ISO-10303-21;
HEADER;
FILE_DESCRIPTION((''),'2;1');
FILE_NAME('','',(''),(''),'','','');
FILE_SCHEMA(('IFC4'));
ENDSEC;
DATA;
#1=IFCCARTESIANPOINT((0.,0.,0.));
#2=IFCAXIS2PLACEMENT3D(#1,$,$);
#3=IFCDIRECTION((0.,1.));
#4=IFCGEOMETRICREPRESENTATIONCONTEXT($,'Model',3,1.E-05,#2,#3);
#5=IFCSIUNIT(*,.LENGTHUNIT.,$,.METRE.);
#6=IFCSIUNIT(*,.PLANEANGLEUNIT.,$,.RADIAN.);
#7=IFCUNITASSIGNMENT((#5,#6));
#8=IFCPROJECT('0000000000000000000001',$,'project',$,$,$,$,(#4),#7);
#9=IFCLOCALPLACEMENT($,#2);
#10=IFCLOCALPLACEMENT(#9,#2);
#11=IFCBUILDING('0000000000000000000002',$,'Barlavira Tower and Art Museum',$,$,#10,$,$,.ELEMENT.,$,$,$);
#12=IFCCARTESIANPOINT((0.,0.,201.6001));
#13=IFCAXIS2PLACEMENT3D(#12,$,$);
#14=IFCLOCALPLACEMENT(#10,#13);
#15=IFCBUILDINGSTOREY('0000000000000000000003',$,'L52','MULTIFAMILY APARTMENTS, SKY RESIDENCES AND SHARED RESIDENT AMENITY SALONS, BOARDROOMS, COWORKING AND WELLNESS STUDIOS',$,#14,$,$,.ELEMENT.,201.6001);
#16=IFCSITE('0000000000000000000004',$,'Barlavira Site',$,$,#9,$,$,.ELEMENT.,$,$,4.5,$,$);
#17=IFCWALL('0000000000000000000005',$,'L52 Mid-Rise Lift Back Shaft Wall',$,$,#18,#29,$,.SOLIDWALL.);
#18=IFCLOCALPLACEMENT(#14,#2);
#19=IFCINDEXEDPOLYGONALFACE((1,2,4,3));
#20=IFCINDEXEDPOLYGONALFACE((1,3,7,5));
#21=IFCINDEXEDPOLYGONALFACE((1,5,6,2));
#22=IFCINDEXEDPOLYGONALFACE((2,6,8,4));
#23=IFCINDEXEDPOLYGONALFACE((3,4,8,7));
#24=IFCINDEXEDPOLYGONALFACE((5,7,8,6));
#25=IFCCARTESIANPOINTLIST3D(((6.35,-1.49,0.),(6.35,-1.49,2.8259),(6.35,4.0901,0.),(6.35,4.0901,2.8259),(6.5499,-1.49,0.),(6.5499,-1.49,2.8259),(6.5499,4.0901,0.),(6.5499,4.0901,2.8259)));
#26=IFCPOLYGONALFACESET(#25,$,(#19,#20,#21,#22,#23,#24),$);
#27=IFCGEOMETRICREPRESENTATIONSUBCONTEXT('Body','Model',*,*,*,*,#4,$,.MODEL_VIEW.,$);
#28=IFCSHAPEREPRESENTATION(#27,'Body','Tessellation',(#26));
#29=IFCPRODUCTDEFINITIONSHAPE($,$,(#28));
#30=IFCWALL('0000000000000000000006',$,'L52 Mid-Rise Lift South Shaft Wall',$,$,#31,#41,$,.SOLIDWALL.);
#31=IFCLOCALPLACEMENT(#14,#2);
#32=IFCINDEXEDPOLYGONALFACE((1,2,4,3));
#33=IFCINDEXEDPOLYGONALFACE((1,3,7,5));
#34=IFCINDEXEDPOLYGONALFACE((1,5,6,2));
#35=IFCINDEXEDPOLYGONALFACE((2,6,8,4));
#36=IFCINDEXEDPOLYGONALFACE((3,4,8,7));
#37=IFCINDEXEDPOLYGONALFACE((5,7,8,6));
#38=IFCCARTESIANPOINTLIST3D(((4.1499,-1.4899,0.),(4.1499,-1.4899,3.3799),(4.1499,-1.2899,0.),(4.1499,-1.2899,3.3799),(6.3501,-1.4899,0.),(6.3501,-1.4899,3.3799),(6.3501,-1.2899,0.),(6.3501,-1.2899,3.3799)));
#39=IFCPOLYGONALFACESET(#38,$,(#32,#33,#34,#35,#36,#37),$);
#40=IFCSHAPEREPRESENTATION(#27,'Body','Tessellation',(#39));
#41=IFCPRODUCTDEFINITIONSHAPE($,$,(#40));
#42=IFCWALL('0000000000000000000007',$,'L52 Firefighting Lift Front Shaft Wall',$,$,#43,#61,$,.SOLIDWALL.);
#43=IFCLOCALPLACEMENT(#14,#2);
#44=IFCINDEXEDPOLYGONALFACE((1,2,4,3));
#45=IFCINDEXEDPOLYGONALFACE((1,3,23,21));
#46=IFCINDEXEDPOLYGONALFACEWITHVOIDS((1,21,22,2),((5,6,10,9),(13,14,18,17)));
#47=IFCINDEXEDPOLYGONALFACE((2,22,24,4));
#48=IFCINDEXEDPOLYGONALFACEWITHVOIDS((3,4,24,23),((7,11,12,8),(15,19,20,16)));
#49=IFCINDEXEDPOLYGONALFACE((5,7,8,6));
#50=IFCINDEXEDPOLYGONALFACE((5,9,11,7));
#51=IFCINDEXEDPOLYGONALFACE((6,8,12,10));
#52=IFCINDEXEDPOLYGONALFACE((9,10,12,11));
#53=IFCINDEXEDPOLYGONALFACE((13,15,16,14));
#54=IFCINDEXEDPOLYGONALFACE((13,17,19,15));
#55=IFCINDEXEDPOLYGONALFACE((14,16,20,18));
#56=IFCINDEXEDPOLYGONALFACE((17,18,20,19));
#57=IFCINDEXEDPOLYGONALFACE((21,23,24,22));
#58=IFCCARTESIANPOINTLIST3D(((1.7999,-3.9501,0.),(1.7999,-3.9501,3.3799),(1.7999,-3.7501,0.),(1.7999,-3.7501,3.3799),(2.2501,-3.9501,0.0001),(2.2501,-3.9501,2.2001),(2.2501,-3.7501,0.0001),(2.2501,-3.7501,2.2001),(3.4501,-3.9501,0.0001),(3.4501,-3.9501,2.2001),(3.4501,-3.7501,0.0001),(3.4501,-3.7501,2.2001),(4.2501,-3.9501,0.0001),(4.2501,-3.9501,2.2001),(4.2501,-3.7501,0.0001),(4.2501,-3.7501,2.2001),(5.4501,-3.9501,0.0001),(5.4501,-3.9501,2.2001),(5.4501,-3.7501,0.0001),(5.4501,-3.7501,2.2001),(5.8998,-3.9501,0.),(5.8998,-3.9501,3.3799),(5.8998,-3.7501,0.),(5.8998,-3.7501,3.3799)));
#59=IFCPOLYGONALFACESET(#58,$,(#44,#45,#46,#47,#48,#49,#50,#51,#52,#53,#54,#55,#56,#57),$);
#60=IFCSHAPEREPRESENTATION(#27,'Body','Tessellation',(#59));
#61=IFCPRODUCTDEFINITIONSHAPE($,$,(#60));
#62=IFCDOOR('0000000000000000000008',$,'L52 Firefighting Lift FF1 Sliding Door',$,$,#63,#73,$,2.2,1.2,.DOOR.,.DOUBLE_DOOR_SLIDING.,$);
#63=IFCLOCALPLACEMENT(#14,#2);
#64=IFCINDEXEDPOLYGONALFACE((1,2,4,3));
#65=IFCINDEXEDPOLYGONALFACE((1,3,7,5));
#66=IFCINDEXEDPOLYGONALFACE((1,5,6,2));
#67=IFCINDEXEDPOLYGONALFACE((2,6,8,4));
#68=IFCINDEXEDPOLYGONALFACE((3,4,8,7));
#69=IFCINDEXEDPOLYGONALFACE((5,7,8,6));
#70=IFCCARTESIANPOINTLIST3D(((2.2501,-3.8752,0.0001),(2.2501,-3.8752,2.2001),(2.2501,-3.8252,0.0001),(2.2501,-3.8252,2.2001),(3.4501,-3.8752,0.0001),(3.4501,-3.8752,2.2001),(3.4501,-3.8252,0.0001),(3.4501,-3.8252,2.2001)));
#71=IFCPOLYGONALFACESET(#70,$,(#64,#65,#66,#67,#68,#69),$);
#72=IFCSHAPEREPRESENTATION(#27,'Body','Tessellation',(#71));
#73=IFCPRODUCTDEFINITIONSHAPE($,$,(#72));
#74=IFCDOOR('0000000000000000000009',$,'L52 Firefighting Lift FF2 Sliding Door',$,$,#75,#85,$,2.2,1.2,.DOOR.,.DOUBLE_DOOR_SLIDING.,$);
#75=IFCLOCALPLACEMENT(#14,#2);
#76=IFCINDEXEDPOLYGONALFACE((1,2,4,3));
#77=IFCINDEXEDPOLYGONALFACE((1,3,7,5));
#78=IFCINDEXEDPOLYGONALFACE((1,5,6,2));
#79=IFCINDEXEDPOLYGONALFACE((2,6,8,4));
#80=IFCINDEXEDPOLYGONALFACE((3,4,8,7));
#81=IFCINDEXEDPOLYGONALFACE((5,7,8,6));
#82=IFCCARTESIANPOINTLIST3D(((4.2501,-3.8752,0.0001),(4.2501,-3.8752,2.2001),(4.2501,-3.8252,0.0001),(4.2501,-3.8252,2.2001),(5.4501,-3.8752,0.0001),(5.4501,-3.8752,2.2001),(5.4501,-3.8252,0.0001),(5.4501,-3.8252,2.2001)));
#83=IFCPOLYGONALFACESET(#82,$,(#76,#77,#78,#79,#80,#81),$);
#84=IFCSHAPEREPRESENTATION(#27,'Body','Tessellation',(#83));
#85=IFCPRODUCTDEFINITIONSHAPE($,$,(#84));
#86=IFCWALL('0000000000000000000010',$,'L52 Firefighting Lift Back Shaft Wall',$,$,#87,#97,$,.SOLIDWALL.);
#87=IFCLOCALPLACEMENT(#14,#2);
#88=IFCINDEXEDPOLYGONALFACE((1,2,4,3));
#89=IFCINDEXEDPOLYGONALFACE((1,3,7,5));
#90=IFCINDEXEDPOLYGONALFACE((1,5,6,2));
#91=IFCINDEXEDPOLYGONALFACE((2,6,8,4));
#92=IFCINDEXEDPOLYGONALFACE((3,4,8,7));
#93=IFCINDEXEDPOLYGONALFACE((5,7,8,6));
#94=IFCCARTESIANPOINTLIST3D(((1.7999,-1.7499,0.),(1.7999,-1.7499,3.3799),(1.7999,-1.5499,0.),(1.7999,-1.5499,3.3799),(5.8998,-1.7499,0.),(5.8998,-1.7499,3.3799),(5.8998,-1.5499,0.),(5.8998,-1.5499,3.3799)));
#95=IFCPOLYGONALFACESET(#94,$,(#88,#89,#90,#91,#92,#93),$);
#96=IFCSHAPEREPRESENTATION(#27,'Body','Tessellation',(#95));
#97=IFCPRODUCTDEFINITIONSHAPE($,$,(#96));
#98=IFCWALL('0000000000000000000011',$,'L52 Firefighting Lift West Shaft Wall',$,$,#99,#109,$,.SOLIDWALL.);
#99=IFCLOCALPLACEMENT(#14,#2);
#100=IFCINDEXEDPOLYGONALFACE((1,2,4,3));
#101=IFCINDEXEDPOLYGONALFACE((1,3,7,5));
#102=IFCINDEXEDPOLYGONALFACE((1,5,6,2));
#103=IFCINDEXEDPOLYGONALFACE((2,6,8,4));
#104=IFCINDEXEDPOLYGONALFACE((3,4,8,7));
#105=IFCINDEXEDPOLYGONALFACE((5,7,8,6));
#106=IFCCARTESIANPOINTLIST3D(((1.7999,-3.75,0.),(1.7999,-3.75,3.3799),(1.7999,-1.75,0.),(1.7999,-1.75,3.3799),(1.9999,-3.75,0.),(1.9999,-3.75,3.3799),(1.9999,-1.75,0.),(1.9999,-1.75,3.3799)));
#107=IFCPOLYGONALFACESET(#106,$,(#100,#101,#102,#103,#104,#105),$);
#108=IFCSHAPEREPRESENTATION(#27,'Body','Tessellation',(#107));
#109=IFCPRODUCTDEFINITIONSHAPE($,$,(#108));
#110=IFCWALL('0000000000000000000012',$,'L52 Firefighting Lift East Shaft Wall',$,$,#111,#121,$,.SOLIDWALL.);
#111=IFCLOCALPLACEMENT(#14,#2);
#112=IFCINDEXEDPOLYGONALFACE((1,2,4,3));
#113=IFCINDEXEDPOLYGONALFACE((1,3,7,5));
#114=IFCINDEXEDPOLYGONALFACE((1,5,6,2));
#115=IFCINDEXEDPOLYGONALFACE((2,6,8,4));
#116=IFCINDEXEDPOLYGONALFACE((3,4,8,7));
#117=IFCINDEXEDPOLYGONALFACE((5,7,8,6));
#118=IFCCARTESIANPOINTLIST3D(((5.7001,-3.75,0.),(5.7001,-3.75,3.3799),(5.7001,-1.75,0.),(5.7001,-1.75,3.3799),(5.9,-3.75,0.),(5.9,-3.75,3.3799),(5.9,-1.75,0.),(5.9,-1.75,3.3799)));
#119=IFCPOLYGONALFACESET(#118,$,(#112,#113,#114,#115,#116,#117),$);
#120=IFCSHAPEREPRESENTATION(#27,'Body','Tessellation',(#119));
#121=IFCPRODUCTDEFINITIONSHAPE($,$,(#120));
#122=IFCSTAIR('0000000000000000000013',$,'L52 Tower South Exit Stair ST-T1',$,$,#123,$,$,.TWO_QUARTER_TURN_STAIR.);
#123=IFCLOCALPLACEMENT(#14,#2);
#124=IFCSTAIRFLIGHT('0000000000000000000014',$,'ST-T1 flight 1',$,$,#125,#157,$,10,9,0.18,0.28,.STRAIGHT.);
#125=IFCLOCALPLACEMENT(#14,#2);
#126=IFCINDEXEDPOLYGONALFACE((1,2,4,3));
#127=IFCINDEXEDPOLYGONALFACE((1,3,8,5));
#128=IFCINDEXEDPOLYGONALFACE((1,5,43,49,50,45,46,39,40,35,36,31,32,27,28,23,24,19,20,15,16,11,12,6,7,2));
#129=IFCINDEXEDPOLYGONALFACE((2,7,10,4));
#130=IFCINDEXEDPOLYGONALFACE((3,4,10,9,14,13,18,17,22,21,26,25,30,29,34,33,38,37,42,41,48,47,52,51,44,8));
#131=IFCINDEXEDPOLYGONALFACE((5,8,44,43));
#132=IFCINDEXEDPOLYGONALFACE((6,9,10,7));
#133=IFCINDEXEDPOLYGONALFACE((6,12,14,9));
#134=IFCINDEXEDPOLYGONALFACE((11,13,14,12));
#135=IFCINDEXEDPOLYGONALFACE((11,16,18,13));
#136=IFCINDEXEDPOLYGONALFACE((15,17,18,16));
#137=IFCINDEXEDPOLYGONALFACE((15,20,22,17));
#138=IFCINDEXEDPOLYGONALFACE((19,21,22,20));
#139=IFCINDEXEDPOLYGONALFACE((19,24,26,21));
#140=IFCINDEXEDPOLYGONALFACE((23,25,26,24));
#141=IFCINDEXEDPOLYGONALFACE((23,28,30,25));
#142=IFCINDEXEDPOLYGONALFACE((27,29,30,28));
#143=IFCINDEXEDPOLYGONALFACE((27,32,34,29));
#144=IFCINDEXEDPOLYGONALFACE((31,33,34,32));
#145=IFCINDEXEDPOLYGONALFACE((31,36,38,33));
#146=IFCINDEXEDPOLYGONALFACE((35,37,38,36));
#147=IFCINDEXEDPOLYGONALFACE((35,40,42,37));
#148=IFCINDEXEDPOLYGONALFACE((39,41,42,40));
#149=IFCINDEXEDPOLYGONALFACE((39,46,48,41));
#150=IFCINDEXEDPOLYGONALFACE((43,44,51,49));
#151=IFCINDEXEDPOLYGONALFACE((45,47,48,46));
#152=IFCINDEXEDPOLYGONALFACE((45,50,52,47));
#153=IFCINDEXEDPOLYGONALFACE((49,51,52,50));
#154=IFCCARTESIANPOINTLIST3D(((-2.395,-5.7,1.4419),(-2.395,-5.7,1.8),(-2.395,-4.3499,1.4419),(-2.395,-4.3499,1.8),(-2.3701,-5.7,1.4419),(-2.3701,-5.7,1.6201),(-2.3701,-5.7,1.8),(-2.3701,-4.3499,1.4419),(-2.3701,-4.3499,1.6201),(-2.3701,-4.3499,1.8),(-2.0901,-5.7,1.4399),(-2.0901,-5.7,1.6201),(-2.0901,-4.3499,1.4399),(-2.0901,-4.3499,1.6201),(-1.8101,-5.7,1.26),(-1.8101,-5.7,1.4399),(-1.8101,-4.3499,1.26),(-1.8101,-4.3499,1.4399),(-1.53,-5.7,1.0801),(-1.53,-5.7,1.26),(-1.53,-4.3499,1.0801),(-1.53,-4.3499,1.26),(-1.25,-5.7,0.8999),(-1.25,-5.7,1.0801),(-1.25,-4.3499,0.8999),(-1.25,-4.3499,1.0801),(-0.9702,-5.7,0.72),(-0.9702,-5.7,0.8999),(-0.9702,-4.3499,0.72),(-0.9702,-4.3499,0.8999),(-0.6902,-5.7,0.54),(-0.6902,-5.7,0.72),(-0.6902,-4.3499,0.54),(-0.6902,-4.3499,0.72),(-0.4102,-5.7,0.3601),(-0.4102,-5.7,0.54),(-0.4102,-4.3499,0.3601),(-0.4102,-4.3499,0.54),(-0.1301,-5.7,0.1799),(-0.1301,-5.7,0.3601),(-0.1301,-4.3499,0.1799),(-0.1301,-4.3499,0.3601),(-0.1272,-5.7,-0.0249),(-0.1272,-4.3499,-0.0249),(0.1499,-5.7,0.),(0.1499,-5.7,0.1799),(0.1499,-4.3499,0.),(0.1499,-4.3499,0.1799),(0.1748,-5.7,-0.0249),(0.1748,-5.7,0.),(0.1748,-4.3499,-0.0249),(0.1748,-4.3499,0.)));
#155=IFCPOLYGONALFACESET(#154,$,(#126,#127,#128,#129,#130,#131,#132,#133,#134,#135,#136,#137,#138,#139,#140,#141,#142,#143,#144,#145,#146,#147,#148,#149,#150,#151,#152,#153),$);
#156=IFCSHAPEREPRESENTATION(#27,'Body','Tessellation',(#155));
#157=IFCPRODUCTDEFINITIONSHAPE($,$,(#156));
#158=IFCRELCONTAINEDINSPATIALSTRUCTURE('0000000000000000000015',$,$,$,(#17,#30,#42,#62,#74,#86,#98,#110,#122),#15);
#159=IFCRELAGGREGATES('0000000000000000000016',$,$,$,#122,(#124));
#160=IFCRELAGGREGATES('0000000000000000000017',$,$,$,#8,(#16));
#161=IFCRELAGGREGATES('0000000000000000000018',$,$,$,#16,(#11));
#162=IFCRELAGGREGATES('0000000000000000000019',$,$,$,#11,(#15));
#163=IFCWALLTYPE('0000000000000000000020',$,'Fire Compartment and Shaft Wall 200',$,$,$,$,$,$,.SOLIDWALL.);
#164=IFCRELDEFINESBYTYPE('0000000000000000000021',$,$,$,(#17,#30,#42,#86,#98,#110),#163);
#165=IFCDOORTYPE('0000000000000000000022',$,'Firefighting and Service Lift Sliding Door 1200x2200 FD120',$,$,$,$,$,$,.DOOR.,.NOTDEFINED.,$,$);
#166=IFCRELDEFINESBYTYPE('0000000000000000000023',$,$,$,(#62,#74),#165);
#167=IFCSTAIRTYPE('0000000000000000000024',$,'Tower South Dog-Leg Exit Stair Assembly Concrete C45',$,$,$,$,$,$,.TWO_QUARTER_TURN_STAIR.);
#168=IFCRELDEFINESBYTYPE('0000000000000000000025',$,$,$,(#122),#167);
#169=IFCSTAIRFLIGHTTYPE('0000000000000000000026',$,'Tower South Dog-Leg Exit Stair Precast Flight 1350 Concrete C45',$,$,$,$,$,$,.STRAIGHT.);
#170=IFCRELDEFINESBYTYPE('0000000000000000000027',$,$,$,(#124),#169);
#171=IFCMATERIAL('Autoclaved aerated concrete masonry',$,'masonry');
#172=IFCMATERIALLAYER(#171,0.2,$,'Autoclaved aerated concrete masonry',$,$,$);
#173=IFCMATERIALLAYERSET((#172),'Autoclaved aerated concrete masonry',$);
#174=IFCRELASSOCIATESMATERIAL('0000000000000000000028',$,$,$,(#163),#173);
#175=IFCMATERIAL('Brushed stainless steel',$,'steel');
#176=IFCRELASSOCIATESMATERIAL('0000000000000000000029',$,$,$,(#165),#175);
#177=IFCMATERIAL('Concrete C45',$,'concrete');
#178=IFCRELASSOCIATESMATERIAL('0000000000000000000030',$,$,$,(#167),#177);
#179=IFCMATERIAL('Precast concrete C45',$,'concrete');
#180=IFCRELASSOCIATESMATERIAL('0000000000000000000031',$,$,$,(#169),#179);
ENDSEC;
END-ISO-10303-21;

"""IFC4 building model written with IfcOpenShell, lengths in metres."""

from ifc_helpers import new_model, si_unit, direction, frame, frame_2d, origin, place, context, subcontext, project, spatial, polyline, rectangle, outline, extrude, material, layer, layer_set, type_object, element, fill, aggregate, save


model = new_model("IFC4")

# Units and contexts
model_context = context("Model", 3, precision=1e-05, world=origin(), true_north=direction((0.0, 1.0)))
body_context = subcontext(model_context, "Body", "Model", "MODEL_VIEW")
ifc_project = project(units=[si_unit("LENGTHUNIT", "METRE"), si_unit("PLANEANGLEUNIT", "RADIAN")], contexts=[model_context])

# Site, building, storey
site_placement = place(None, origin())
site = spatial("IfcSite", under=ifc_project, at=site_placement, Name="Barlavira Site", CompositionType="ELEMENT", RefElevation=4.5)
building_placement = place(site_placement, origin())
building = spatial("IfcBuilding", under=site, at=building_placement, Name="Barlavira Tower and Art Museum", CompositionType="ELEMENT")
storey_placement = place(building_placement, frame((0.0, 0.0, 201.6001)))
storey = spatial("IfcBuildingStorey", under=building, at=storey_placement, Name="L52", Description="MULTIFAMILY APARTMENTS, SKY RESIDENCES AND SHARED RESIDENT AMENITY SALONS, BOARDROOMS, COWORKING AND WELLNESS STUDIOS", CompositionType="ELEMENT", Elevation=201.6001)

# Shared definitions
ifc_material_1 = material(Name="Brushed stainless steel", Category="steel")

# Shared definitions
ifc_material_2 = material(Name="Autoclaved aerated concrete masonry", Category="masonry")
ifc_layer_1 = layer(ifc_material_2, 0.2, Name="Autoclaved aerated concrete masonry")
ifc_layer_set_1 = layer_set([ifc_layer_1], Name="Autoclaved aerated concrete masonry")
wall_type_1 = type_object("IfcWallType", Name="Fire Compartment and Shaft Wall 200", PredefinedType="SOLIDWALL", material=ifc_layer_set_1)

# Walls
wall_1_placement = place(storey_placement, frame((6.45, -1.49, 0.0), z_axis=(0.0, 0.0, 1.0), x_axis=(0.0, 1.0, 0.0)))
element("IfcWall", 1, at=wall_1_placement, inside=storey, type_object=wall_type_1, Name="L52 Mid-Rise Lift Back Shaft Wall", PredefinedType="SOLIDWALL", context=body_context, shape_type="SweptSolid", body=[
    extrude(rectangle(XDim=5.5801, YDim=0.2, at=frame_2d((2.79, 0.0))), origin(), (0.0, 0.0, 1.0), 2.8259),
])
wall_2_placement = place(storey_placement, frame((4.1499, -1.3899, 0.0), z_axis=(0.0, 0.0, 1.0), x_axis=(1.0, 0.0, 0.0)))
element("IfcWall", 2, at=wall_2_placement, inside=storey, type_object=wall_type_1, Name="L52 Mid-Rise Lift South Shaft Wall", PredefinedType="SOLIDWALL", context=body_context, shape_type="SweptSolid", body=[
    extrude(rectangle(XDim=2.2002, YDim=0.2, at=frame_2d((1.1001, 0.0))), origin(), (0.0, 0.0, 1.0), 3.3799),
])

# Wall, openings, doors
wall_3_placement = place(storey_placement, frame((1.8, -3.8501, 0.0), z_axis=(0.0, 0.0, 1.0), x_axis=(1.0, 0.0, 0.0)))
wall_3 = element("IfcWall", 3, at=wall_3_placement, inside=storey, type_object=wall_type_1, Name="L52 Firefighting Lift Front Shaft Wall", PredefinedType="SOLIDWALL", context=body_context, shape_type="SweptSolid", body=[
    extrude(rectangle(XDim=4.0999, YDim=0.2, at=frame_2d((2.0498, 0.0))), origin(), (0.0, 0.0, 1.0), 3.3799),
])
opening_1_placement = place(wall_3_placement, frame((0.45, 0.0, 0.0)))
opening_1 = element("IfcOpeningElement", 4, at=opening_1_placement, cuts=wall_3, PredefinedType="OPENING", context=body_context, shape_type="SweptSolid", body=[
    extrude(rectangle(XDim=1.2, YDim=2.2, at=frame_2d((0.6001, 1.1001))), frame((0.0, 0.1099, 0.0), z_axis=(0.0, -1.0, 0.0), x_axis=(1.0, 0.0, 0.0)), (0.0, 0.0, 1.0), 0.22),
])
opening_2_placement = place(wall_3_placement, frame((2.45, 0.0, 0.0)))
opening_2 = element("IfcOpeningElement", 5, at=opening_2_placement, cuts=wall_3, PredefinedType="OPENING", context=body_context, shape_type="SweptSolid", body=[
    extrude(rectangle(XDim=1.2, YDim=2.2, at=frame_2d((0.6001, 1.1001))), frame((0.0, 0.1099, 0.0), z_axis=(0.0, -1.0, 0.0), x_axis=(1.0, 0.0, 0.0)), (0.0, 0.0, 1.0), 0.22),
])
door_type_1 = type_object("IfcDoorType", Name="Firefighting and Service Lift Sliding Door 1200x2200 FD120", OperationType="NOTDEFINED", PredefinedType="DOOR", material=ifc_material_1)
door_1_placement = place(opening_1_placement, origin())
door_1 = element("IfcDoor", 6, at=door_1_placement, inside=storey, type_object=door_type_1, Name="L52 Firefighting Lift FF1 Sliding Door", OperationType="DOUBLE_DOOR_SLIDING", OverallHeight=2.2, OverallWidth=1.2, PredefinedType="DOOR", context=body_context, shape_type="SweptSolid", body=[
    extrude(rectangle(XDim=1.2, YDim=2.2, at=frame_2d((0.6001, 1.1001))), frame((0.0, 0.0249, 0.0), z_axis=(0.0, -1.0, 0.0), x_axis=(1.0, 0.0, 0.0)), (0.0, 0.0, 1.0), 0.05),
])
fill(opening_1, door_1)
door_2_placement = place(opening_2_placement, origin())
door_2 = element("IfcDoor", 7, at=door_2_placement, inside=storey, type_object=door_type_1, Name="L52 Firefighting Lift FF2 Sliding Door", OperationType="DOUBLE_DOOR_SLIDING", OverallHeight=2.2, OverallWidth=1.2, PredefinedType="DOOR", context=body_context, shape_type="SweptSolid", body=[
    extrude(rectangle(XDim=1.2, YDim=2.2, at=frame_2d((0.6001, 1.1001))), frame((0.0, 0.0249, 0.0), z_axis=(0.0, -1.0, 0.0), x_axis=(1.0, 0.0, 0.0)), (0.0, 0.0, 1.0), 0.05),
])
fill(opening_2, door_2)

# Walls
wall_4_placement = place(storey_placement, frame((1.8, -1.6499, 0.0), z_axis=(0.0, 0.0, 1.0), x_axis=(1.0, 0.0, 0.0)))
element("IfcWall", 8, at=wall_4_placement, inside=storey, type_object=wall_type_1, Name="L52 Firefighting Lift Back Shaft Wall", PredefinedType="SOLIDWALL", context=body_context, shape_type="SweptSolid", body=[
    extrude(rectangle(XDim=4.0999, YDim=0.2, at=frame_2d((2.0498, 0.0))), origin(), (0.0, 0.0, 1.0), 3.3799),
])
for number, where, z_axis, x_axis, name in (
    (9, (1.8999, -3.75, 0.0), (0.0, 0.0, 1.0), (0.0, 1.0, 0.0), "L52 Firefighting Lift West Shaft Wall"),
    (10, (5.8, -3.75, 0.0), (0.0, 0.0, 1.0), (0.0, 1.0, 0.0), "L52 Firefighting Lift East Shaft Wall"),
):
    element("IfcWall", number, at=place(storey_placement, frame(where, z_axis=z_axis, x_axis=x_axis)), inside=storey, type_object=wall_type_1, Name=name, PredefinedType="SOLIDWALL", context=body_context, shape_type="SweptSolid", body=[
        extrude(rectangle(XDim=2.0, YDim=0.2, at=frame_2d((1.0, 0.0))), origin(), (0.0, 0.0, 1.0), 3.3799),
    ])

# Stair, stair flight
ifc_material_3 = material(Name="Concrete C45", Category="concrete")
stair_type = type_object("IfcStairType", Name="Tower South Dog-Leg Exit Stair Assembly Concrete C45", PredefinedType="TWO_QUARTER_TURN_STAIR", material=ifc_material_3)
stair_placement = place(storey_placement, origin())
stair = element("IfcStair", 11, at=stair_placement, inside=storey, type_object=stair_type, Name="L52 Tower South Exit Stair ST-T1", PredefinedType="TWO_QUARTER_TURN_STAIR")
ifc_material_4 = material(Name="Precast concrete C45", Category="concrete")
stair_flight_type = type_object("IfcStairFlightType", Name="Tower South Dog-Leg Exit Stair Precast Flight 1350 Concrete C45", PredefinedType="STRAIGHT", material=ifc_material_4)
stair_flight_placement = place(storey_placement, frame((0.1499, -5.0249, 0.0), z_axis=(0.0, 0.0, 1.0), x_axis=(-1.0, 0.0, 0.0)))
stair_flight = element("IfcStairFlight", 12, at=stair_flight_placement, type_object=stair_flight_type, Name="ST-T1 flight 1", NumberOfRisers=10, NumberOfTreads=9, PredefinedType="STRAIGHT", RiserHeight=0.18, TreadLength=0.28, context=body_context, shape_type="SweptSolid", body=[
    extrude(outline(polyline([(-0.0249, 0.0), (0.0, 0.0), (0.0, 0.1799), (0.28, 0.1799), (0.28, 0.3601), (0.5601, 0.3601), (0.5601, 0.54), (0.8401, 0.54), (0.8401, 0.72), (1.1201, 0.72), (1.1201, 0.8999), (1.3999, 0.8999), (1.3999, 1.0801), (1.6799, 1.0801), (1.6799, 1.26), (1.96, 1.26), (1.96, 1.4399), (2.24, 1.4399), (2.24, 1.6201), (2.52, 1.6201), (2.52, 1.8), (2.5449, 1.8), (2.5449, 1.4419), (2.52, 1.4419), (0.2771, -0.0249), (-0.0249, -0.0249), (-0.0249, 0.0)])), frame((0.0, 0.675, 0.0), z_axis=(0.0, -1.0, 0.0), x_axis=(1.0, 0.0, 0.0)), (0.0, 0.0, 1.0), 1.3501),
])
aggregate(stair, [stair_flight])

save(model, "model.ifc")
